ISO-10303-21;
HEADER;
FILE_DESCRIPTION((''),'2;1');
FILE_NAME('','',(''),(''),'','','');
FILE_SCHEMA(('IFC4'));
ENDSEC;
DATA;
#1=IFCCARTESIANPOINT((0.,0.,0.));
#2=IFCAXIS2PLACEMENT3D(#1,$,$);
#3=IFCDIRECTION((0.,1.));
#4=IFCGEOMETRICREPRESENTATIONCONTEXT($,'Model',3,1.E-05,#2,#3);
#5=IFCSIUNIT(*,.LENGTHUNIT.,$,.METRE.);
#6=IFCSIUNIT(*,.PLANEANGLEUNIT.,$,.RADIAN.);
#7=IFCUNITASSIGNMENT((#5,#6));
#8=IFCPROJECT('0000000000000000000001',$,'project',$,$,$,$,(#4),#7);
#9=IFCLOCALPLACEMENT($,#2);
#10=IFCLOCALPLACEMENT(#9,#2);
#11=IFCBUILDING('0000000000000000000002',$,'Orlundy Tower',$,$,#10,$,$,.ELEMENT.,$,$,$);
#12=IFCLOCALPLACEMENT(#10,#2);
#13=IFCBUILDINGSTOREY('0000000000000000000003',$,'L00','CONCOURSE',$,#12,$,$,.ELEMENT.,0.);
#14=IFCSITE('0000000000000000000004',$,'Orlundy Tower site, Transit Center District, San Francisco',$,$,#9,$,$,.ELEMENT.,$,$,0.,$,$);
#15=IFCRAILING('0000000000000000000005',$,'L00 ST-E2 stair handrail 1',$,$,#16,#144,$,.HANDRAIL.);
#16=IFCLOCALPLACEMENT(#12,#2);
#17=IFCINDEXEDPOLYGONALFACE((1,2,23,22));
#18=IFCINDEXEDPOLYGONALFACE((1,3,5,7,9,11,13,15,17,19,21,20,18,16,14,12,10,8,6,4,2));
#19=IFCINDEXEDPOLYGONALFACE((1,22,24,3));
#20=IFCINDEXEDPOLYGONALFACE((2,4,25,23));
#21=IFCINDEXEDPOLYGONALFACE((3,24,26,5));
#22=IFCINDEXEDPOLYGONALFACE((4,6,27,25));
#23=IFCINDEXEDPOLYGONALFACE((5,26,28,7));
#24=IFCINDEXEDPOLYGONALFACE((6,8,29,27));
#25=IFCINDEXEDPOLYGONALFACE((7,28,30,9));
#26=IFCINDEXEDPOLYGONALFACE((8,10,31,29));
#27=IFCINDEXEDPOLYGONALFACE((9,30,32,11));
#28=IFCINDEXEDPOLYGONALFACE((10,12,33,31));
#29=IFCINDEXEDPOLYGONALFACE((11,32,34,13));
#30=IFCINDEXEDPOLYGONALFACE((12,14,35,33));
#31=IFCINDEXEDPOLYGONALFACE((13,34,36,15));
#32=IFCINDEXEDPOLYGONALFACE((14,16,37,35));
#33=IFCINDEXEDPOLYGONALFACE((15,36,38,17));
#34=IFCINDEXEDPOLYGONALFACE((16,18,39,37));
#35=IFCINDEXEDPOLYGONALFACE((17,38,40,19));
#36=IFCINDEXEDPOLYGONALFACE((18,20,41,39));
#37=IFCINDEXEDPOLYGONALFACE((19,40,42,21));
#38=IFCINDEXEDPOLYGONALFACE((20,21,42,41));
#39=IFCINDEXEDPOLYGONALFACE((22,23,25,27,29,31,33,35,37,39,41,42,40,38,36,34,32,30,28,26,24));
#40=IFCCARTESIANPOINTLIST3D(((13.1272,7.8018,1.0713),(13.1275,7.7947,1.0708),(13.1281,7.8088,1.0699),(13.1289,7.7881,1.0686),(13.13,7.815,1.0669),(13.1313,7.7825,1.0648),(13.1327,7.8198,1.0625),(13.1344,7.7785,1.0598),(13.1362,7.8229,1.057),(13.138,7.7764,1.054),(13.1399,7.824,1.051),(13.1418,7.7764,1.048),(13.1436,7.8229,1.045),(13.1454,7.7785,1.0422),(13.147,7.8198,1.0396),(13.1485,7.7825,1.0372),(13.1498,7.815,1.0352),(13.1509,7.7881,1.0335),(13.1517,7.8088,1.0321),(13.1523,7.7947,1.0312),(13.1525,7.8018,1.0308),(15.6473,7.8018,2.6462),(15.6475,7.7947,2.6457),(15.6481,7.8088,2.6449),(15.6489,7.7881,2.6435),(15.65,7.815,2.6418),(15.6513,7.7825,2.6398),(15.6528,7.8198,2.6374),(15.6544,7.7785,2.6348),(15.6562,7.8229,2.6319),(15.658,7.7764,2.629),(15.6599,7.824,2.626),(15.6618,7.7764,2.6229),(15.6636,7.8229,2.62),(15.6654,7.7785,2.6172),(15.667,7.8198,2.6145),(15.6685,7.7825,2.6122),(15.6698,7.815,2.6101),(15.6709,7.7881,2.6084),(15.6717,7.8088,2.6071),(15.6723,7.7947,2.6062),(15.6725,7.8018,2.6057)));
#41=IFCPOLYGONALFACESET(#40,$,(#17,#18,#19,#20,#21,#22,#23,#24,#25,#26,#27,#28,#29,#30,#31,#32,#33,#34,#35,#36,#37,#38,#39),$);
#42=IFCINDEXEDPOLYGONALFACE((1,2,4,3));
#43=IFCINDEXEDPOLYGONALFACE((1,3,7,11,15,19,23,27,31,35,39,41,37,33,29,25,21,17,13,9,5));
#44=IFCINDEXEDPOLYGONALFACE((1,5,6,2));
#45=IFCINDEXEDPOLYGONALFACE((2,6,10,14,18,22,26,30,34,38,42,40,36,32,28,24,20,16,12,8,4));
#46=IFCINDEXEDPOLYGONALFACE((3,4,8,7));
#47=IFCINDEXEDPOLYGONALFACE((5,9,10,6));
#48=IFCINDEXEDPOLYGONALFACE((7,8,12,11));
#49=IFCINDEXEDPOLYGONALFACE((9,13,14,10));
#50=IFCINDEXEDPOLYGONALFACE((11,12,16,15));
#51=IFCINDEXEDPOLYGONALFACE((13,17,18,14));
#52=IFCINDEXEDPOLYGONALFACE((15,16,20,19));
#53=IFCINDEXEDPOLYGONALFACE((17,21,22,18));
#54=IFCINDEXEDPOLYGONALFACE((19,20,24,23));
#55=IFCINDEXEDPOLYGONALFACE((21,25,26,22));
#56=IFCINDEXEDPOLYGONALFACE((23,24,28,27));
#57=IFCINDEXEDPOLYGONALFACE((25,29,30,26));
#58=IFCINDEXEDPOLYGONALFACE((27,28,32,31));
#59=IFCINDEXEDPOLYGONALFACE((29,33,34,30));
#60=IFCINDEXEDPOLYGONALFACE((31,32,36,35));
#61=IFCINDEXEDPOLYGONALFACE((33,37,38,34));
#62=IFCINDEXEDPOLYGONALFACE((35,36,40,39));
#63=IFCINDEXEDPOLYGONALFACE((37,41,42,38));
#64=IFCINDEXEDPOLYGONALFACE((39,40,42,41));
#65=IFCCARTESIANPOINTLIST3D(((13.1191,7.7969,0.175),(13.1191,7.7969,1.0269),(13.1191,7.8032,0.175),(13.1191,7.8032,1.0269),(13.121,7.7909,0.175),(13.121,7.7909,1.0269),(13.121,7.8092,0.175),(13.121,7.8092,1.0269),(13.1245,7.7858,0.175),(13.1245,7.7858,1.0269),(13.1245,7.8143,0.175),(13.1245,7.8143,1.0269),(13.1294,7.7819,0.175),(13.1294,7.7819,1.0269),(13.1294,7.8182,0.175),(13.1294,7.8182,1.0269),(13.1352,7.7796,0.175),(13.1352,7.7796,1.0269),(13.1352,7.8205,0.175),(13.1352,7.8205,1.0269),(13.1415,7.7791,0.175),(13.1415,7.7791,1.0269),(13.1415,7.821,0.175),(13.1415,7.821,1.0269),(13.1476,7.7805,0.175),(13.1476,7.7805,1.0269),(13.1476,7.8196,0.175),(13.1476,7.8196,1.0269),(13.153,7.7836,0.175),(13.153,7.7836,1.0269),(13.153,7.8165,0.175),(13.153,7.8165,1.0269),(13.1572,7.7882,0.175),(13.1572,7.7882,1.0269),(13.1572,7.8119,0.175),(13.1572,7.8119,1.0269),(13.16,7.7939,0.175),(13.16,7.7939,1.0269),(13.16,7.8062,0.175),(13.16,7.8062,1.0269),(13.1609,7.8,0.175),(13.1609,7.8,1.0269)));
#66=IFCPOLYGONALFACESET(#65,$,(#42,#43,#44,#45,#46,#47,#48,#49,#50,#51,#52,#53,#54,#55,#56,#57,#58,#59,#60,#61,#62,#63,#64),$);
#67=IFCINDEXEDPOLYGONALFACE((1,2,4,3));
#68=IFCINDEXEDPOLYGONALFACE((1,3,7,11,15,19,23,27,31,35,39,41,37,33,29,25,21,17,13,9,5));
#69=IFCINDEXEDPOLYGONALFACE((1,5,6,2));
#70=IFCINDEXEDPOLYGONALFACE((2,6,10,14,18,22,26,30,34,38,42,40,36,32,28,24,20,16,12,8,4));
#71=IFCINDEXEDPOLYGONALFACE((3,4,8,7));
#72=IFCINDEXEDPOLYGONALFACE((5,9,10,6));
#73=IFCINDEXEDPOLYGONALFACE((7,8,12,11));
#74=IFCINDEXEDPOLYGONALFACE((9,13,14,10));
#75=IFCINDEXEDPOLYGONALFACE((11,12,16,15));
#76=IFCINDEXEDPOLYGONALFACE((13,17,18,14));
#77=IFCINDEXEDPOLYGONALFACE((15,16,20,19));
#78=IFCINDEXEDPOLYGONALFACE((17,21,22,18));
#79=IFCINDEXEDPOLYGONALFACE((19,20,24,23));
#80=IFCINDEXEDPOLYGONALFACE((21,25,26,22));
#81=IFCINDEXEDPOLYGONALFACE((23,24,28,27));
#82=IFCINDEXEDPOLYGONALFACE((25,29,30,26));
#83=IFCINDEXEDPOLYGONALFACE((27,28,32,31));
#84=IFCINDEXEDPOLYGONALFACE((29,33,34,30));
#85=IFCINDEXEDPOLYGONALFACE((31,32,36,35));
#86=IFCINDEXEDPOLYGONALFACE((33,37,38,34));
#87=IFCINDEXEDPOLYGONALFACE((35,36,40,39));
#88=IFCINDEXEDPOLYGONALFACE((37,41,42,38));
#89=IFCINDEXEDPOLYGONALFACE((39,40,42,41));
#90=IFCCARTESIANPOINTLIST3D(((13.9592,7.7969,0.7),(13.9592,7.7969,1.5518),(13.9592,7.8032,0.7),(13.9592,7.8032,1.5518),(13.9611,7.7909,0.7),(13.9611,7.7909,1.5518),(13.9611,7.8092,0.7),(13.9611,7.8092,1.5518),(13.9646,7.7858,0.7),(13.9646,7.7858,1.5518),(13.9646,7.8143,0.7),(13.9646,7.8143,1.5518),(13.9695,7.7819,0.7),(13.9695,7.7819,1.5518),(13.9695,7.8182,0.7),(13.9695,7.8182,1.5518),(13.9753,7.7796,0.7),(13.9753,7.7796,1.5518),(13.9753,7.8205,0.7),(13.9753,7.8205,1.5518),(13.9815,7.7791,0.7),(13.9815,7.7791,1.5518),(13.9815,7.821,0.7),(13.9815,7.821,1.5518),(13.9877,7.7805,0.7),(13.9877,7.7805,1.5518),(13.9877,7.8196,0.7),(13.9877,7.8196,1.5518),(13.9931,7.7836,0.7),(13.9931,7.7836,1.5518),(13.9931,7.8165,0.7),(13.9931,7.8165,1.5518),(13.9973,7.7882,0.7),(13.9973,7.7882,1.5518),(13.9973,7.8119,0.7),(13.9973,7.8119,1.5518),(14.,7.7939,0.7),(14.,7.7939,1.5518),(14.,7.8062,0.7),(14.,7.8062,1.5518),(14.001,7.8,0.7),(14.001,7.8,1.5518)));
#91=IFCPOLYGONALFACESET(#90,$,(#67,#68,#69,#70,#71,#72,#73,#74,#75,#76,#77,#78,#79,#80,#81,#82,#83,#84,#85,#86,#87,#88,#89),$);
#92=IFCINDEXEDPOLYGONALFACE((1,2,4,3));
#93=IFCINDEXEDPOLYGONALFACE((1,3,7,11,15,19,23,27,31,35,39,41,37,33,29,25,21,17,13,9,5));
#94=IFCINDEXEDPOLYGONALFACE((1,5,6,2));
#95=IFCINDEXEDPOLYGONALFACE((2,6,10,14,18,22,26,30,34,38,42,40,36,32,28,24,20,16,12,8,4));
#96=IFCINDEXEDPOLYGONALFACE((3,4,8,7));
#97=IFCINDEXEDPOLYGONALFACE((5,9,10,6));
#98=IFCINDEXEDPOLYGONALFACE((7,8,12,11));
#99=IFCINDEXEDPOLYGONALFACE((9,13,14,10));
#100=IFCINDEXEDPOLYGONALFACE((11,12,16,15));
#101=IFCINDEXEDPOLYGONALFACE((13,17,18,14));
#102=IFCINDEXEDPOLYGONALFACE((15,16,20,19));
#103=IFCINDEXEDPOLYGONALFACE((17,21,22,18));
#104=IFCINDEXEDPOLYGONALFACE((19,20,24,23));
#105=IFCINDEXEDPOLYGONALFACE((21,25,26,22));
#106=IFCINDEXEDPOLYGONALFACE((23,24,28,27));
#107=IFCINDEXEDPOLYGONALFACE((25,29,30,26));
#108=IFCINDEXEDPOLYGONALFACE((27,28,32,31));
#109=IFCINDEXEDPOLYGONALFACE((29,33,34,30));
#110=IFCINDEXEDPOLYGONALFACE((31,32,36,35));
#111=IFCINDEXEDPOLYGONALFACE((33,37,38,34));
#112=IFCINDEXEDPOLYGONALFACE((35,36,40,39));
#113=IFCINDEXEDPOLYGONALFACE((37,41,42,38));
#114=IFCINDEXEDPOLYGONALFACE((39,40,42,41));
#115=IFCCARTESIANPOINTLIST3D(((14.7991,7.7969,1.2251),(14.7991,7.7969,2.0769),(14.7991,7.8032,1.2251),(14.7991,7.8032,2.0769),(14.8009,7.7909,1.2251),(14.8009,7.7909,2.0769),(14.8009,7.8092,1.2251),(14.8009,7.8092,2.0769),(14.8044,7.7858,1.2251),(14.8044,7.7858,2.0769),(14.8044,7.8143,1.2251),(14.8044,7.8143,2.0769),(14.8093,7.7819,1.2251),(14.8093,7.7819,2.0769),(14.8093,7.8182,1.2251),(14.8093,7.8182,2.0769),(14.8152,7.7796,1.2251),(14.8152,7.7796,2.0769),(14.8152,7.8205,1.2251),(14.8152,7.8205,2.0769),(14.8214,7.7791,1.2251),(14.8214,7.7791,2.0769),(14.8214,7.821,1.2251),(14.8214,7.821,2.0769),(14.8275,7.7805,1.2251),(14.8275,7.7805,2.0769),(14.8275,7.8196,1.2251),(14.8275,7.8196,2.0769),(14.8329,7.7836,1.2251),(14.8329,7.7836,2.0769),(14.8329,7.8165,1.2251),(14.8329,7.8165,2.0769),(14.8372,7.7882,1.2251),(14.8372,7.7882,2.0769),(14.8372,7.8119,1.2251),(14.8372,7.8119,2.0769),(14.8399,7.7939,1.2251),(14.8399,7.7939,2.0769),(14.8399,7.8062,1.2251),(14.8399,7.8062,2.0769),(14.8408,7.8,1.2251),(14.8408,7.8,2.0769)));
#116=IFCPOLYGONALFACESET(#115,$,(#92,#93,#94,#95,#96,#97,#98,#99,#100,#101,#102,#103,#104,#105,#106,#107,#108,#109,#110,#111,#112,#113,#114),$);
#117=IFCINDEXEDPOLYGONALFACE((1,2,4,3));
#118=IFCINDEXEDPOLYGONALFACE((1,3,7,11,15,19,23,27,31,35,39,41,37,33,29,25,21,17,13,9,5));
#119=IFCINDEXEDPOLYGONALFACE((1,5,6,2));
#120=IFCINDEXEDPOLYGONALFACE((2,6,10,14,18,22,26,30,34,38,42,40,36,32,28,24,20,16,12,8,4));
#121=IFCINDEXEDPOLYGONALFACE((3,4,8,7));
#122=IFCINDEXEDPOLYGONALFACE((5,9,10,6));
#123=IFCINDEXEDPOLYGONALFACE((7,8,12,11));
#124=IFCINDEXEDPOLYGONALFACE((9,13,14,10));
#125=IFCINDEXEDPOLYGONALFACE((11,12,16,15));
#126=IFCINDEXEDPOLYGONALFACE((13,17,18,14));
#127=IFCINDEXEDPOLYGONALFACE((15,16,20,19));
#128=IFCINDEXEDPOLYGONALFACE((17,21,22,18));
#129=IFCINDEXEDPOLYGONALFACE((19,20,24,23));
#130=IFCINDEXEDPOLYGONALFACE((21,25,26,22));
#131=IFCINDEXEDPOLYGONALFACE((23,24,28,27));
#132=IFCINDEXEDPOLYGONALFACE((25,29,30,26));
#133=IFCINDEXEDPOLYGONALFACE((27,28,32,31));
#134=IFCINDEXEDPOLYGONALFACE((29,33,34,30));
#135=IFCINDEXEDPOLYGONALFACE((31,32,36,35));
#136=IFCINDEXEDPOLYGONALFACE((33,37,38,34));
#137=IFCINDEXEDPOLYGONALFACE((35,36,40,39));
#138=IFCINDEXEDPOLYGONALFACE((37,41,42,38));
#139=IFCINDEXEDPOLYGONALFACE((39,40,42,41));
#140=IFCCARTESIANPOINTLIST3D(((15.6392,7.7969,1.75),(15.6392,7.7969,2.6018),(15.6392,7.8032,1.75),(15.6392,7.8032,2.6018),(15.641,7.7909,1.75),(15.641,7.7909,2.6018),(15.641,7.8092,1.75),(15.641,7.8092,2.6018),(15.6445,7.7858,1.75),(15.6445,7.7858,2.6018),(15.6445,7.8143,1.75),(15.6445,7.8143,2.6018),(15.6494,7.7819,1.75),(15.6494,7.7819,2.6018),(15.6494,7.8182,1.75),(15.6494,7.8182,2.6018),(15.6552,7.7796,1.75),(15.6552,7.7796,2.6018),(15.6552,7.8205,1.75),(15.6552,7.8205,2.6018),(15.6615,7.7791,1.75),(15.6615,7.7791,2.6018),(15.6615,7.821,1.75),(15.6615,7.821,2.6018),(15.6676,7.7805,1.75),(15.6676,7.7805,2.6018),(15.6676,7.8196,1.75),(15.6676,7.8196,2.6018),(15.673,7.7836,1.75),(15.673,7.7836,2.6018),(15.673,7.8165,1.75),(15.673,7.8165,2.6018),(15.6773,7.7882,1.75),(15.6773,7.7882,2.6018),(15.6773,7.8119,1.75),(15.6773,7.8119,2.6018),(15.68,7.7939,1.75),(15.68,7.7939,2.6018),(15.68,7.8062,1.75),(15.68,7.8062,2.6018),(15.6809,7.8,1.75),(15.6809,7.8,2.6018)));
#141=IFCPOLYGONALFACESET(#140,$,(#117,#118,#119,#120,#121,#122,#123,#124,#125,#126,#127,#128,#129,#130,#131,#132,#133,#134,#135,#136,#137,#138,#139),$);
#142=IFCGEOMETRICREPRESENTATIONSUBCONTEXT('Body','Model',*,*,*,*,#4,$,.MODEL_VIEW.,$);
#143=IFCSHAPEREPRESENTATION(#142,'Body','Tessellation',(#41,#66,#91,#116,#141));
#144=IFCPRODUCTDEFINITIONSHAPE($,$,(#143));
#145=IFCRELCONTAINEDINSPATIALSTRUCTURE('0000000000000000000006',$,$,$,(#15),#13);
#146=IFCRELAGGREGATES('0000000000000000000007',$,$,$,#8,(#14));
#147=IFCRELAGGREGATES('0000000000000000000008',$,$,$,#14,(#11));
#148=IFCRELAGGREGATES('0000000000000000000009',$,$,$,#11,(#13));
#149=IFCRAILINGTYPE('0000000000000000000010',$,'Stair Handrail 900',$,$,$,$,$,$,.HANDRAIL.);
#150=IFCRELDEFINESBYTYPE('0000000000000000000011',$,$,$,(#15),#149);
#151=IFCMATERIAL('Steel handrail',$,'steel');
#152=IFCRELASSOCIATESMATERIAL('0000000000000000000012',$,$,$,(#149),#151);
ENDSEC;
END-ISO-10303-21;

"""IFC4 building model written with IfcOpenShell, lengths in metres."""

from ifc_helpers import new_model, si_unit, direction, frame, origin, origin_2d, place, context, subcontext, project, spatial, circle, extrude, material, type_object, element, save


model = new_model("IFC4")

# Units and contexts
model_context = context("Model", 3, precision=1e-05, world=origin(), true_north=direction((0.0, 1.0)))
body_context = subcontext(model_context, "Body", "Model", "MODEL_VIEW")
ifc_project = project(units=[si_unit("LENGTHUNIT", "METRE"), si_unit("PLANEANGLEUNIT", "RADIAN")], contexts=[model_context])

# Site, building, storey
site_placement = place(None, origin())
site = spatial("IfcSite", under=ifc_project, at=site_placement, Name="Orlundy Tower site, Transit Center District, San Francisco", CompositionType="ELEMENT", RefElevation=0.0)
building_placement = place(site_placement, origin())
building = spatial("IfcBuilding", under=site, at=building_placement, Name="Orlundy Tower", CompositionType="ELEMENT")
storey_placement = place(building_placement, origin())
storey = spatial("IfcBuildingStorey", under=building, at=storey_placement, Name="L00", Description="CONCOURSE", CompositionType="ELEMENT", Elevation=0.0)

# Railing
ifc_material_1 = material(Name="Steel handrail", Category="steel")
railing_type_1 = type_object("IfcRailingType", Name="Stair Handrail 900", PredefinedType="HANDRAIL", material=ifc_material_1)
railing_1_placement = place(storey_placement, frame((13.1399, 7.8, 0.175)))
element("IfcRailing", 1, at=railing_1_placement, inside=storey, type_object=railing_type_1, Name="L00 ST-E2 stair handrail 1", PredefinedType="HANDRAIL", context=body_context, shape_type="SweptSolid", body=[
    extrude(circle(Radius=0.0239, at=origin_2d()), frame((0.0, 0.0, 0.876), z_axis=(0.848008, 0.0, 0.529984), x_axis=(0.0, 1.0, 0.0)), (0.0, 0.0, 1.0), 2.9717),
    extrude(circle(Radius=0.021, at=origin_2d()), origin(), (0.0, 0.0, 1.0), 0.8518),
    extrude(circle(Radius=0.021, at=origin_2d()), frame((0.8401, 0.0, 0.5249)), (0.0, 0.0, 1.0), 0.8518),
    extrude(circle(Radius=0.021, at=origin_2d()), frame((1.6799, 0.0, 1.05)), (0.0, 0.0, 1.0), 0.8518),
    extrude(circle(Radius=0.021, at=origin_2d()), frame((2.52, 0.0, 1.575)), (0.0, 0.0, 1.0), 0.8518),
])

save(model, "model.ifc")
